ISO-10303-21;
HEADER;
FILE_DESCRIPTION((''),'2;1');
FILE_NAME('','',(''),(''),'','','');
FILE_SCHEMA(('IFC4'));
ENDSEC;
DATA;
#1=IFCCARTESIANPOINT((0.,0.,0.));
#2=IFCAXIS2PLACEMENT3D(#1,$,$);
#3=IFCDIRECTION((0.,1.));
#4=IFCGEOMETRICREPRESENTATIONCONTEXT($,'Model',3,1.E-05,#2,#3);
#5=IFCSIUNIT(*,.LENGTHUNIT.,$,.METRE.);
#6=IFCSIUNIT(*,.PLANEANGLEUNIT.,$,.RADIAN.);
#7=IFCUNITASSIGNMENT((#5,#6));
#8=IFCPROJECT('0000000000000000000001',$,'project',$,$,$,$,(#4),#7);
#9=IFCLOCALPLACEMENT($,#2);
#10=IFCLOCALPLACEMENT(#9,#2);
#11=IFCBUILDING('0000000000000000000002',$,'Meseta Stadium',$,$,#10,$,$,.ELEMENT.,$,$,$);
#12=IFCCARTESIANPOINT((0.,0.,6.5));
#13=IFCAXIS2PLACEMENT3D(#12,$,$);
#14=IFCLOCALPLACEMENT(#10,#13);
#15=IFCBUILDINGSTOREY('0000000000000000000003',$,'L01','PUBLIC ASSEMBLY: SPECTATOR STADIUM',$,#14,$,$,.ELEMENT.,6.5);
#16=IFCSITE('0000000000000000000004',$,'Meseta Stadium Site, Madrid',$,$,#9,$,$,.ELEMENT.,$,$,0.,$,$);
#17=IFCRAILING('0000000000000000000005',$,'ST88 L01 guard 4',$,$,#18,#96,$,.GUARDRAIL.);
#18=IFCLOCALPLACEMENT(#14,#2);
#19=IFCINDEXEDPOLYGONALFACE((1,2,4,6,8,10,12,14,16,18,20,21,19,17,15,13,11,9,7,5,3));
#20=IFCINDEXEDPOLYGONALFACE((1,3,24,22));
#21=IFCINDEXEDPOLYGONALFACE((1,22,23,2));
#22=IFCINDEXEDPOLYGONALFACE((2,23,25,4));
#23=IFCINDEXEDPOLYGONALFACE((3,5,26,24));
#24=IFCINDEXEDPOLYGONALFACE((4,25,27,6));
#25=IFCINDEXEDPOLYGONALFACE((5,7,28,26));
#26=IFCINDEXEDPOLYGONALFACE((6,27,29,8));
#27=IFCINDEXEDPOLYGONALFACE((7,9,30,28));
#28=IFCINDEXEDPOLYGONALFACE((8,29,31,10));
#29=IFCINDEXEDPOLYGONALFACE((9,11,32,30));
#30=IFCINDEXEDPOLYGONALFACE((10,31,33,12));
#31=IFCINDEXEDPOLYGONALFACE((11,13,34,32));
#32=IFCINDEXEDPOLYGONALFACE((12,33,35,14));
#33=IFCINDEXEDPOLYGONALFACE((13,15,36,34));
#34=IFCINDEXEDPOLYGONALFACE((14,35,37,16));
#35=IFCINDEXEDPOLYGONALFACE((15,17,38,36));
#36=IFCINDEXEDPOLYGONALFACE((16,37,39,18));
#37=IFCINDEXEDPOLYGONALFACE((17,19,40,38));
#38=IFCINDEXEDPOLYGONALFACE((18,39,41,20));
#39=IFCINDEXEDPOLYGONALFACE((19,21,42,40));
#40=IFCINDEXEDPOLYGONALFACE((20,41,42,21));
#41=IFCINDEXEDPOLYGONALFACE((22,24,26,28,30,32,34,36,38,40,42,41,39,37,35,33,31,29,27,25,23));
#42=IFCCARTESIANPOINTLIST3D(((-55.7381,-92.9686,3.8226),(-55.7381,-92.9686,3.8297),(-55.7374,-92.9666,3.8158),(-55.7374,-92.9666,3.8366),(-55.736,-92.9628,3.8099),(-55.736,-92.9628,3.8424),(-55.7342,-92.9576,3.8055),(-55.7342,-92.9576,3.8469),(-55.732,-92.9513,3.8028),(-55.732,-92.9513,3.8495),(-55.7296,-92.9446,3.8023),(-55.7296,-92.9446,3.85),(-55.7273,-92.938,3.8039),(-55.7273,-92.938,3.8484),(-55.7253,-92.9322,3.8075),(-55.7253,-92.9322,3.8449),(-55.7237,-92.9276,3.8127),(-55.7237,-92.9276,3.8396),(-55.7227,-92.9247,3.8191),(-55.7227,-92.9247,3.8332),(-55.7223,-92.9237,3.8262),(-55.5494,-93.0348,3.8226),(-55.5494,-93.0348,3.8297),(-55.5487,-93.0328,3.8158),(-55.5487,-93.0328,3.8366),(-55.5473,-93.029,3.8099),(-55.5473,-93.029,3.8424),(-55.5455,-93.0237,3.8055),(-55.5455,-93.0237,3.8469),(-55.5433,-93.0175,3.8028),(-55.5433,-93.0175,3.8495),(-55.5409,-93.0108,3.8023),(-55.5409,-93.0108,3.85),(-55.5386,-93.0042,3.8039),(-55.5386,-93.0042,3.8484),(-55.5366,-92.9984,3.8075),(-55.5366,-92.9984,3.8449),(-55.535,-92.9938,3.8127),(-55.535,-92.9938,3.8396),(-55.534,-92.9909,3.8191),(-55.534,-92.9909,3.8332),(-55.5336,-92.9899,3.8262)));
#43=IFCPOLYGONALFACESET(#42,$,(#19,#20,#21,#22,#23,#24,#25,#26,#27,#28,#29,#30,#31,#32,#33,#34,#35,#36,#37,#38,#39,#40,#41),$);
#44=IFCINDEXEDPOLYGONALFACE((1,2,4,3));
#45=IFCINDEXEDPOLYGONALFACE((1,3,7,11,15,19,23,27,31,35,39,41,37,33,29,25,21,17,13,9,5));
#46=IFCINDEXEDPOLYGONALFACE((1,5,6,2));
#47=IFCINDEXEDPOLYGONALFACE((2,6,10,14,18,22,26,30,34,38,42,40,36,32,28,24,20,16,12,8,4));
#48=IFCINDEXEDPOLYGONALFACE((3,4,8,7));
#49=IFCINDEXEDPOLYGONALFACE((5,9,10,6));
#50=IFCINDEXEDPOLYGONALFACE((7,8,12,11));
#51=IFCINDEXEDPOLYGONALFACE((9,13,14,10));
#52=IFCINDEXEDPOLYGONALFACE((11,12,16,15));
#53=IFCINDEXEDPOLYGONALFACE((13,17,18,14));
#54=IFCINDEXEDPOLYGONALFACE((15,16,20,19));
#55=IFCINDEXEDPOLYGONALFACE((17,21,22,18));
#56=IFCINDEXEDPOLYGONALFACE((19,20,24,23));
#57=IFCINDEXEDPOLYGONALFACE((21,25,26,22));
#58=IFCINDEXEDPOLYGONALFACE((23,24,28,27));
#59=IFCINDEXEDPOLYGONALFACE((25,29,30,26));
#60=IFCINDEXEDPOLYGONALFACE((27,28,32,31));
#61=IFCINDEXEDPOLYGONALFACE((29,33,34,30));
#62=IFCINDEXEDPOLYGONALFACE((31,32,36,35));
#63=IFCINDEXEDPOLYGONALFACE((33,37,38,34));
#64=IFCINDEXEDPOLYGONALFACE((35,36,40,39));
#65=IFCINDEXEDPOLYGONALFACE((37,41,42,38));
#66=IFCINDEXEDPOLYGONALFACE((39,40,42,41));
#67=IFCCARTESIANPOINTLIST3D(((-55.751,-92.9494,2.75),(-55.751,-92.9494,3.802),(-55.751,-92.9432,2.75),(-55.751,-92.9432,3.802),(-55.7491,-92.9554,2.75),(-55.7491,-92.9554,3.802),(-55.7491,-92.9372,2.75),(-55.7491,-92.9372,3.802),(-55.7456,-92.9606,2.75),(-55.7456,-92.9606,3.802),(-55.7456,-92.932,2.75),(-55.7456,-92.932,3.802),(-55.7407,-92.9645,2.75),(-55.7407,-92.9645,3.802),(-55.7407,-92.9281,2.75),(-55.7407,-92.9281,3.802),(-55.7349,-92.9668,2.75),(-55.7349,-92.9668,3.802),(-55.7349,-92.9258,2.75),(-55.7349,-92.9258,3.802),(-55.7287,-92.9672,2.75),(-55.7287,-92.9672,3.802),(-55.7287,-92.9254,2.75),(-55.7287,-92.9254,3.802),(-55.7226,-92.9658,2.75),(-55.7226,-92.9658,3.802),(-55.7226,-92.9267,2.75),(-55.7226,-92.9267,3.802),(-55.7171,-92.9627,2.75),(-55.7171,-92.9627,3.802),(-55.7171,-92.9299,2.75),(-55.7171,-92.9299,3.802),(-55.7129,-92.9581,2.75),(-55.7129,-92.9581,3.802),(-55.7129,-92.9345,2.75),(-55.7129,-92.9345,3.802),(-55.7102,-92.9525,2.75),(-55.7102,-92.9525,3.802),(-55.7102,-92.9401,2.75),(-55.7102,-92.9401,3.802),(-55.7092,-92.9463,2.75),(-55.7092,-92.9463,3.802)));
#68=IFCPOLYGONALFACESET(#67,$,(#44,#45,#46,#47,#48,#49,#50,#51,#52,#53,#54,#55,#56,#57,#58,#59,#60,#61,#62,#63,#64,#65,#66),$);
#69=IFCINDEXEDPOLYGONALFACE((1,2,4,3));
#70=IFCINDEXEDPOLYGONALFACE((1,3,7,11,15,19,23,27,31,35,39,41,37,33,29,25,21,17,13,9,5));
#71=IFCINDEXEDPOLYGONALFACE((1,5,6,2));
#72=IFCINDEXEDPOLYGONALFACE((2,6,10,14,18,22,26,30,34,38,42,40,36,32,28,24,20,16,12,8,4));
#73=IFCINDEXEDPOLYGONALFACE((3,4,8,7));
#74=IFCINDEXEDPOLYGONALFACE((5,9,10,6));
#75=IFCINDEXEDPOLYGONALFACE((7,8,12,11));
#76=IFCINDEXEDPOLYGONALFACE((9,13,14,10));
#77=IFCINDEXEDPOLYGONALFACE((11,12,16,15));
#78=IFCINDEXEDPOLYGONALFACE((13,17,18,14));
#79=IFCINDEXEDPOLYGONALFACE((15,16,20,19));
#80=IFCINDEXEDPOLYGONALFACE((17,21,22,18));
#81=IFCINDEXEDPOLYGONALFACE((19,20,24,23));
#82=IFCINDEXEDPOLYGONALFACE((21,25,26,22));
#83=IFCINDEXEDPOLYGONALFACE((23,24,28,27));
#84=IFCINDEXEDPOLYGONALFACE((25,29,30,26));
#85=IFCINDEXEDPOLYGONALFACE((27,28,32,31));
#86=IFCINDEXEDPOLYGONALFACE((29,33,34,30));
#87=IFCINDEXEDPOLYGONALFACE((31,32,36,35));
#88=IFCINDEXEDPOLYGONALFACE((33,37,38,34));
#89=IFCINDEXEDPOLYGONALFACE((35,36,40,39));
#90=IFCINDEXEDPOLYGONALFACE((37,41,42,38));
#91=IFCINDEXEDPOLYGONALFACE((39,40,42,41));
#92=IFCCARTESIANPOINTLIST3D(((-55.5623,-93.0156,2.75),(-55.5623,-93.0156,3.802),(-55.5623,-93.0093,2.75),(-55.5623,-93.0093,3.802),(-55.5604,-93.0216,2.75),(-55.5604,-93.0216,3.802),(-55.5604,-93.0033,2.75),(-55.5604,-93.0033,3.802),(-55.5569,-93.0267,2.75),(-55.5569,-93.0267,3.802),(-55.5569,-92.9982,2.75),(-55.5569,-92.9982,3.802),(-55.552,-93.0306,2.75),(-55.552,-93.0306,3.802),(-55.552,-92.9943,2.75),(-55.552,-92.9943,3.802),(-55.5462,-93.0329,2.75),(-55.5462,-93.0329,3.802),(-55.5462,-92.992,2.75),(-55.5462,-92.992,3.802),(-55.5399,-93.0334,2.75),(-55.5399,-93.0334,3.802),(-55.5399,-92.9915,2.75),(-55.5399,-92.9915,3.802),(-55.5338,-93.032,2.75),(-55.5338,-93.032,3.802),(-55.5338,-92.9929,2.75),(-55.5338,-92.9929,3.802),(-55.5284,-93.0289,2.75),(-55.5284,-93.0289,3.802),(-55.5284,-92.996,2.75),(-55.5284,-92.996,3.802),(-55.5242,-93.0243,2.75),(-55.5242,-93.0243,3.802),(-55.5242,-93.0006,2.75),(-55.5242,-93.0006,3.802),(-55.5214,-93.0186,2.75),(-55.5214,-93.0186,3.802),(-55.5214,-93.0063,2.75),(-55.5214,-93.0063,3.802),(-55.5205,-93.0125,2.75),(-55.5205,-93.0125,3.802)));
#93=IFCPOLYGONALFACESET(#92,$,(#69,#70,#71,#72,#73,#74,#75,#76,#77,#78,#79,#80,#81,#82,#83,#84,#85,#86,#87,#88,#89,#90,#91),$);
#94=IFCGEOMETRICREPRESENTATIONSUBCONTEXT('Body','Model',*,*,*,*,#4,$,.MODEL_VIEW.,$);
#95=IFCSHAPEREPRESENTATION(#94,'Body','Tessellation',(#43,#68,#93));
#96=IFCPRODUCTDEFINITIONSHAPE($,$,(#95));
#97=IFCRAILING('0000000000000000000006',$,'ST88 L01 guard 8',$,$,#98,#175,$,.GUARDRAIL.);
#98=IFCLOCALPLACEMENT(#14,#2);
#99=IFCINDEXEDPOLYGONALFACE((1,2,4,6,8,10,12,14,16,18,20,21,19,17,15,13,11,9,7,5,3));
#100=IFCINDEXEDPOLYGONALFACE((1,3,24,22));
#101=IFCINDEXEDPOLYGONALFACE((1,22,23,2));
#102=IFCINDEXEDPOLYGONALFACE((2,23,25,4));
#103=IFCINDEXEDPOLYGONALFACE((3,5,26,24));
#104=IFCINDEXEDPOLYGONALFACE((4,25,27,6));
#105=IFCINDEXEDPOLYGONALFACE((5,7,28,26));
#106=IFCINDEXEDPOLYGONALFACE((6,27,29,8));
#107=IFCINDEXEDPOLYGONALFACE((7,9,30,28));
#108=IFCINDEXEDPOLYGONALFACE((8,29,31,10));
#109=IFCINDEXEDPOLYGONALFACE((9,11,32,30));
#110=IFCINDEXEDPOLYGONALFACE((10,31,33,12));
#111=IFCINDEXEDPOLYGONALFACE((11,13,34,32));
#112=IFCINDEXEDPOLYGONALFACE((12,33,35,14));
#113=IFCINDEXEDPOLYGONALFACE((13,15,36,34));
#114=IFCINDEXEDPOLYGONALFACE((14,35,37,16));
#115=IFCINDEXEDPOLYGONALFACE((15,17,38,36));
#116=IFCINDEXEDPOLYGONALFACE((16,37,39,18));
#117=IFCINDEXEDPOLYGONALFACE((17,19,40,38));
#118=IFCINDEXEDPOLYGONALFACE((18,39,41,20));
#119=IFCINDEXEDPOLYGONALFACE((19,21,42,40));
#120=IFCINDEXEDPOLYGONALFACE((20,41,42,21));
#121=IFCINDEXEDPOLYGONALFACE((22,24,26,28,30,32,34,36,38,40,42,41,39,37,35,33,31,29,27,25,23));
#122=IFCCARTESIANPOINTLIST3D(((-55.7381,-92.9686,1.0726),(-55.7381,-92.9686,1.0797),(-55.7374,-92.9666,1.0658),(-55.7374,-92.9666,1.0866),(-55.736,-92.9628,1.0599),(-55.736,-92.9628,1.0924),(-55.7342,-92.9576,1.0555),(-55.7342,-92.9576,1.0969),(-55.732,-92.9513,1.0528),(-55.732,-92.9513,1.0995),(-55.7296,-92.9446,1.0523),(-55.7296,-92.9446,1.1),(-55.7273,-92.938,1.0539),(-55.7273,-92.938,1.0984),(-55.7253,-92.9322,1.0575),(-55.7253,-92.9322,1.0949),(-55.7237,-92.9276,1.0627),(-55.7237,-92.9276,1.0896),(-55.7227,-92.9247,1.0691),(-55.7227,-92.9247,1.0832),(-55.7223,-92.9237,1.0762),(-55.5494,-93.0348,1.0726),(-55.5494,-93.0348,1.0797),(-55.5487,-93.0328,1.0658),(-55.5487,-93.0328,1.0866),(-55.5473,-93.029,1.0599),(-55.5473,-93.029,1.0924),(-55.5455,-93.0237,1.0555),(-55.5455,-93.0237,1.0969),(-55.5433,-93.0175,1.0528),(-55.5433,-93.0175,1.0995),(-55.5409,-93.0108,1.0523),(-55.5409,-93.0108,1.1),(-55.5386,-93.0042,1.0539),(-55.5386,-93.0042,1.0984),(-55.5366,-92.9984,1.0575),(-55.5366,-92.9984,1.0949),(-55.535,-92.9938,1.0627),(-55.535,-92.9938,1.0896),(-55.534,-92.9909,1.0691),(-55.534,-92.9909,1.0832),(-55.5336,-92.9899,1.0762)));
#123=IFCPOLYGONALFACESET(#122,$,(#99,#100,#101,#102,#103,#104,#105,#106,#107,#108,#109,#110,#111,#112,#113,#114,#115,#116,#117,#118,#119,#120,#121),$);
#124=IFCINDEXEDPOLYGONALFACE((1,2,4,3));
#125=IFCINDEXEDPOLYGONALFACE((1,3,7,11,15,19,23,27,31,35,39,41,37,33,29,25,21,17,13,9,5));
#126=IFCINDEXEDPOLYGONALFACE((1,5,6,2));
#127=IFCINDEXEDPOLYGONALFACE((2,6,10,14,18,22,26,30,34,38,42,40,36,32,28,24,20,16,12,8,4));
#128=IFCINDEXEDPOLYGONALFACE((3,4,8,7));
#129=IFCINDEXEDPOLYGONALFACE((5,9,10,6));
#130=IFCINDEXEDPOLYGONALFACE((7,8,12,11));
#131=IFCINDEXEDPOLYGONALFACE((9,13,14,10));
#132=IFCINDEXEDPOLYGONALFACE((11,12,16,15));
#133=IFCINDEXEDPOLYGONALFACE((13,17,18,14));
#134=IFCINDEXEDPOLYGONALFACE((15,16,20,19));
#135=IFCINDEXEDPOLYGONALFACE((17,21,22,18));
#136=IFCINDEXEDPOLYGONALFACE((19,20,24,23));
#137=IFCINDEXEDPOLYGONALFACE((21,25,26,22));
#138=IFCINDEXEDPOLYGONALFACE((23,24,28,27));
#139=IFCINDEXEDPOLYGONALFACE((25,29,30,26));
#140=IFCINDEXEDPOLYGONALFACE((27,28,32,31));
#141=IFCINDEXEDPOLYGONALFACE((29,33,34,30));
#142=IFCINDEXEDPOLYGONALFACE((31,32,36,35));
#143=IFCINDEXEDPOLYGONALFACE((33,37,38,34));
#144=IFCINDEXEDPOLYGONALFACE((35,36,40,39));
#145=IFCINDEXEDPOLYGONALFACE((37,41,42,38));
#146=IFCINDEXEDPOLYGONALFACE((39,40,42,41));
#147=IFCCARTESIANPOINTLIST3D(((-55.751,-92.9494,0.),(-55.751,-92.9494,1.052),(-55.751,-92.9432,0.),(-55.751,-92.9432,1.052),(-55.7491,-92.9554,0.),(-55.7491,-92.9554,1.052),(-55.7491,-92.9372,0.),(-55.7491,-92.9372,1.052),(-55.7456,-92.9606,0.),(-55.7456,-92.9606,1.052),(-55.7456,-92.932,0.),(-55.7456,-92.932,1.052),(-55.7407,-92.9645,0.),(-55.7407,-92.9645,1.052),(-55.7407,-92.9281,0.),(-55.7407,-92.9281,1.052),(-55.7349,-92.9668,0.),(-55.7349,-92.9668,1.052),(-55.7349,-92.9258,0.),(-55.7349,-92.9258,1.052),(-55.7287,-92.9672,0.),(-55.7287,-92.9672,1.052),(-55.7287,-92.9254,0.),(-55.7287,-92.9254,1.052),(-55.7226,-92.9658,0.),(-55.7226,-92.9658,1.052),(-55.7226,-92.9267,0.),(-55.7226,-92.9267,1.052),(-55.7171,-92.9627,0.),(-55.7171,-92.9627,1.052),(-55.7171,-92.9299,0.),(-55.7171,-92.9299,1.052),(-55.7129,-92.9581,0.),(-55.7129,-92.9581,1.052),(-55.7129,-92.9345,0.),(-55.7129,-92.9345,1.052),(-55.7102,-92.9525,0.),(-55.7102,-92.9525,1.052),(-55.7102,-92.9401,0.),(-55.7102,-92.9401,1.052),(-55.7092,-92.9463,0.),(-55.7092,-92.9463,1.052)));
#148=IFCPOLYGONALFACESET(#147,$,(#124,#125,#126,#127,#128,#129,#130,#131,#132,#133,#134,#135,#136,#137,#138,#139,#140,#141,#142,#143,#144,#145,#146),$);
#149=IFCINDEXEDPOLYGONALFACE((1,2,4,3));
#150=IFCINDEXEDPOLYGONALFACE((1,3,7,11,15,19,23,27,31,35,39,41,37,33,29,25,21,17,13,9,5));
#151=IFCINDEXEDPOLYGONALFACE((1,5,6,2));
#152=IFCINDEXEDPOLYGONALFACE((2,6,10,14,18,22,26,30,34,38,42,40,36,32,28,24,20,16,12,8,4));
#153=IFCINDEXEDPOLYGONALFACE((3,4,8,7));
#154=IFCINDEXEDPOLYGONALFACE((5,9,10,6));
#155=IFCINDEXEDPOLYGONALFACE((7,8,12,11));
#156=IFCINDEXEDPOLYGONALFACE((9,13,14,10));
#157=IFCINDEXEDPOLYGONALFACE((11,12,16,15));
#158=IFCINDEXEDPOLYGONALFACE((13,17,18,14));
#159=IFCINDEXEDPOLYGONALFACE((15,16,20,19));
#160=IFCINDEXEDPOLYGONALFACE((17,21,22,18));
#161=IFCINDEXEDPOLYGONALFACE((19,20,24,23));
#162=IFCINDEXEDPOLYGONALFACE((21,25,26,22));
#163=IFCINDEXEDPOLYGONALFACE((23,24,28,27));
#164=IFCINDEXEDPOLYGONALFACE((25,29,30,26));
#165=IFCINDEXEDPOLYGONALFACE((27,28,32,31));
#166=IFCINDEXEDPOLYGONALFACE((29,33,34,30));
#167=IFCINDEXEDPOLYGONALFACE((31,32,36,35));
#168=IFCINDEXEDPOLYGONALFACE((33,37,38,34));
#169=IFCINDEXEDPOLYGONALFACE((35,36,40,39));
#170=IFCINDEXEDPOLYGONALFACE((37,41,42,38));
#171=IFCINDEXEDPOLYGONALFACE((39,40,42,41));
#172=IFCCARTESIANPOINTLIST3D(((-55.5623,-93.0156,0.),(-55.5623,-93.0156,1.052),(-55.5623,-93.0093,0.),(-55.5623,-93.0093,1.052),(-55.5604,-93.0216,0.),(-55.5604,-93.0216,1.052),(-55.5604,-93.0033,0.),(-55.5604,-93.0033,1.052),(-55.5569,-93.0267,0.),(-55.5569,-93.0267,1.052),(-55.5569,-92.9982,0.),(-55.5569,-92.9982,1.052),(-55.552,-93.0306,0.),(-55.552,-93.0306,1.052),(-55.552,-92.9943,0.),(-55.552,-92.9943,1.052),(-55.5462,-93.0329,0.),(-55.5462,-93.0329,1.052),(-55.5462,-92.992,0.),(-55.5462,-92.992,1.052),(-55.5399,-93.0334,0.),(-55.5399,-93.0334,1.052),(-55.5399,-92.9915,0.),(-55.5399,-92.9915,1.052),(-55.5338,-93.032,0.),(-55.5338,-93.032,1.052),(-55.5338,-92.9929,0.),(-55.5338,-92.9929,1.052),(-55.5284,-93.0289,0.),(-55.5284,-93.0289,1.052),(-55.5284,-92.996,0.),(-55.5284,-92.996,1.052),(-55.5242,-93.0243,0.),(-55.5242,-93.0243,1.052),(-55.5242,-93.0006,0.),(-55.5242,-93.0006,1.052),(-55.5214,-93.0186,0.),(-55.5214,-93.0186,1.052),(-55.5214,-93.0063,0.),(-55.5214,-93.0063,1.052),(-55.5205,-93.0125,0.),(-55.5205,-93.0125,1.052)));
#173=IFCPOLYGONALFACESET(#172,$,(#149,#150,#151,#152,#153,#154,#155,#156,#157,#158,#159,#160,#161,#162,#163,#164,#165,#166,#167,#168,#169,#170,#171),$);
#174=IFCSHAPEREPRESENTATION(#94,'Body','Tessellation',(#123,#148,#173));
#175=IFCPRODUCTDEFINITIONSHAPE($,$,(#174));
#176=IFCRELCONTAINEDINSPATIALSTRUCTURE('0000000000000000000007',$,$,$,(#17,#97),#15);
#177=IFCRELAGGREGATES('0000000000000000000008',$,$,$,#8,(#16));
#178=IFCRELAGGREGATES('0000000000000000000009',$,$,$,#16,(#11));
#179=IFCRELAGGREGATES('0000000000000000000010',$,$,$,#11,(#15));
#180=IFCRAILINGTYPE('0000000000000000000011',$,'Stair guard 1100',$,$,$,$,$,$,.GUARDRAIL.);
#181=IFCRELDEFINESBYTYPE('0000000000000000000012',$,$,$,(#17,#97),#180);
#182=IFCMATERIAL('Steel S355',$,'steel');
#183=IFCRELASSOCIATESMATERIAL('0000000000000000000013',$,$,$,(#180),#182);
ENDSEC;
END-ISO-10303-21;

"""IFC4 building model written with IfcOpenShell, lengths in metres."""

from ifc_helpers import new_model, si_unit, direction, frame, origin, origin_2d, place, context, subcontext, project, spatial, circle, extrude, material, type_object, element, save


model = new_model("IFC4")

# Units and contexts
model_context = context("Model", 3, precision=1e-05, world=origin(), true_north=direction((0.0, 1.0)))
body_context = subcontext(model_context, "Body", "Model", "MODEL_VIEW")
ifc_project = project(units=[si_unit("LENGTHUNIT", "METRE"), si_unit("PLANEANGLEUNIT", "RADIAN")], contexts=[model_context])

# Site, building, storey
site_placement = place(None, origin())
site = spatial("IfcSite", under=ifc_project, at=site_placement, Name="Meseta Stadium Site, Madrid", CompositionType="ELEMENT", RefElevation=0.0)
building_placement = place(site_placement, origin())
building = spatial("IfcBuilding", under=site, at=building_placement, Name="Meseta Stadium", CompositionType="ELEMENT")
storey_placement = place(building_placement, frame((0.0, 0.0, 6.5)))
storey = spatial("IfcBuildingStorey", under=building, at=storey_placement, Name="L01", Description="PUBLIC ASSEMBLY: SPECTATOR STADIUM", CompositionType="ELEMENT", Elevation=6.5)

# Railings
ifc_material_1 = material(Name="Steel S355", Category="steel")
railing_type = type_object("IfcRailingType", Name="Stair guard 1100", PredefinedType="GUARDRAIL", material=ifc_material_1)
for number, where, name in (
    (1, (-55.7302, -92.9463, 2.75), "ST88 L01 guard 4"),
    (2, (-55.7302, -92.9463, 0.0), "ST88 L01 guard 8"),
):
    element("IfcRailing", number, at=place(storey_placement, frame(where)), inside=storey, type_object=railing_type, Name=name, PredefinedType="GUARDRAIL", context=body_context, shape_type="SweptSolid", body=[
        extrude(circle(Radius=0.0239, at=origin_2d()), frame((0.0, 0.0, 1.0762), z_axis=(0.943687, -0.33084, 0.0), x_axis=(0.33084, 0.943687, 0.0)), (0.0, 0.0, 1.0), 0.2),
        extrude(circle(Radius=0.021, at=origin_2d()), origin(), (0.0, 0.0, 1.0), 1.052),
        extrude(circle(Radius=0.021, at=origin_2d()), frame((0.1887, -0.0662, 0.0)), (0.0, 0.0, 1.0), 1.052),
    ])

save(model, "model.ifc")
